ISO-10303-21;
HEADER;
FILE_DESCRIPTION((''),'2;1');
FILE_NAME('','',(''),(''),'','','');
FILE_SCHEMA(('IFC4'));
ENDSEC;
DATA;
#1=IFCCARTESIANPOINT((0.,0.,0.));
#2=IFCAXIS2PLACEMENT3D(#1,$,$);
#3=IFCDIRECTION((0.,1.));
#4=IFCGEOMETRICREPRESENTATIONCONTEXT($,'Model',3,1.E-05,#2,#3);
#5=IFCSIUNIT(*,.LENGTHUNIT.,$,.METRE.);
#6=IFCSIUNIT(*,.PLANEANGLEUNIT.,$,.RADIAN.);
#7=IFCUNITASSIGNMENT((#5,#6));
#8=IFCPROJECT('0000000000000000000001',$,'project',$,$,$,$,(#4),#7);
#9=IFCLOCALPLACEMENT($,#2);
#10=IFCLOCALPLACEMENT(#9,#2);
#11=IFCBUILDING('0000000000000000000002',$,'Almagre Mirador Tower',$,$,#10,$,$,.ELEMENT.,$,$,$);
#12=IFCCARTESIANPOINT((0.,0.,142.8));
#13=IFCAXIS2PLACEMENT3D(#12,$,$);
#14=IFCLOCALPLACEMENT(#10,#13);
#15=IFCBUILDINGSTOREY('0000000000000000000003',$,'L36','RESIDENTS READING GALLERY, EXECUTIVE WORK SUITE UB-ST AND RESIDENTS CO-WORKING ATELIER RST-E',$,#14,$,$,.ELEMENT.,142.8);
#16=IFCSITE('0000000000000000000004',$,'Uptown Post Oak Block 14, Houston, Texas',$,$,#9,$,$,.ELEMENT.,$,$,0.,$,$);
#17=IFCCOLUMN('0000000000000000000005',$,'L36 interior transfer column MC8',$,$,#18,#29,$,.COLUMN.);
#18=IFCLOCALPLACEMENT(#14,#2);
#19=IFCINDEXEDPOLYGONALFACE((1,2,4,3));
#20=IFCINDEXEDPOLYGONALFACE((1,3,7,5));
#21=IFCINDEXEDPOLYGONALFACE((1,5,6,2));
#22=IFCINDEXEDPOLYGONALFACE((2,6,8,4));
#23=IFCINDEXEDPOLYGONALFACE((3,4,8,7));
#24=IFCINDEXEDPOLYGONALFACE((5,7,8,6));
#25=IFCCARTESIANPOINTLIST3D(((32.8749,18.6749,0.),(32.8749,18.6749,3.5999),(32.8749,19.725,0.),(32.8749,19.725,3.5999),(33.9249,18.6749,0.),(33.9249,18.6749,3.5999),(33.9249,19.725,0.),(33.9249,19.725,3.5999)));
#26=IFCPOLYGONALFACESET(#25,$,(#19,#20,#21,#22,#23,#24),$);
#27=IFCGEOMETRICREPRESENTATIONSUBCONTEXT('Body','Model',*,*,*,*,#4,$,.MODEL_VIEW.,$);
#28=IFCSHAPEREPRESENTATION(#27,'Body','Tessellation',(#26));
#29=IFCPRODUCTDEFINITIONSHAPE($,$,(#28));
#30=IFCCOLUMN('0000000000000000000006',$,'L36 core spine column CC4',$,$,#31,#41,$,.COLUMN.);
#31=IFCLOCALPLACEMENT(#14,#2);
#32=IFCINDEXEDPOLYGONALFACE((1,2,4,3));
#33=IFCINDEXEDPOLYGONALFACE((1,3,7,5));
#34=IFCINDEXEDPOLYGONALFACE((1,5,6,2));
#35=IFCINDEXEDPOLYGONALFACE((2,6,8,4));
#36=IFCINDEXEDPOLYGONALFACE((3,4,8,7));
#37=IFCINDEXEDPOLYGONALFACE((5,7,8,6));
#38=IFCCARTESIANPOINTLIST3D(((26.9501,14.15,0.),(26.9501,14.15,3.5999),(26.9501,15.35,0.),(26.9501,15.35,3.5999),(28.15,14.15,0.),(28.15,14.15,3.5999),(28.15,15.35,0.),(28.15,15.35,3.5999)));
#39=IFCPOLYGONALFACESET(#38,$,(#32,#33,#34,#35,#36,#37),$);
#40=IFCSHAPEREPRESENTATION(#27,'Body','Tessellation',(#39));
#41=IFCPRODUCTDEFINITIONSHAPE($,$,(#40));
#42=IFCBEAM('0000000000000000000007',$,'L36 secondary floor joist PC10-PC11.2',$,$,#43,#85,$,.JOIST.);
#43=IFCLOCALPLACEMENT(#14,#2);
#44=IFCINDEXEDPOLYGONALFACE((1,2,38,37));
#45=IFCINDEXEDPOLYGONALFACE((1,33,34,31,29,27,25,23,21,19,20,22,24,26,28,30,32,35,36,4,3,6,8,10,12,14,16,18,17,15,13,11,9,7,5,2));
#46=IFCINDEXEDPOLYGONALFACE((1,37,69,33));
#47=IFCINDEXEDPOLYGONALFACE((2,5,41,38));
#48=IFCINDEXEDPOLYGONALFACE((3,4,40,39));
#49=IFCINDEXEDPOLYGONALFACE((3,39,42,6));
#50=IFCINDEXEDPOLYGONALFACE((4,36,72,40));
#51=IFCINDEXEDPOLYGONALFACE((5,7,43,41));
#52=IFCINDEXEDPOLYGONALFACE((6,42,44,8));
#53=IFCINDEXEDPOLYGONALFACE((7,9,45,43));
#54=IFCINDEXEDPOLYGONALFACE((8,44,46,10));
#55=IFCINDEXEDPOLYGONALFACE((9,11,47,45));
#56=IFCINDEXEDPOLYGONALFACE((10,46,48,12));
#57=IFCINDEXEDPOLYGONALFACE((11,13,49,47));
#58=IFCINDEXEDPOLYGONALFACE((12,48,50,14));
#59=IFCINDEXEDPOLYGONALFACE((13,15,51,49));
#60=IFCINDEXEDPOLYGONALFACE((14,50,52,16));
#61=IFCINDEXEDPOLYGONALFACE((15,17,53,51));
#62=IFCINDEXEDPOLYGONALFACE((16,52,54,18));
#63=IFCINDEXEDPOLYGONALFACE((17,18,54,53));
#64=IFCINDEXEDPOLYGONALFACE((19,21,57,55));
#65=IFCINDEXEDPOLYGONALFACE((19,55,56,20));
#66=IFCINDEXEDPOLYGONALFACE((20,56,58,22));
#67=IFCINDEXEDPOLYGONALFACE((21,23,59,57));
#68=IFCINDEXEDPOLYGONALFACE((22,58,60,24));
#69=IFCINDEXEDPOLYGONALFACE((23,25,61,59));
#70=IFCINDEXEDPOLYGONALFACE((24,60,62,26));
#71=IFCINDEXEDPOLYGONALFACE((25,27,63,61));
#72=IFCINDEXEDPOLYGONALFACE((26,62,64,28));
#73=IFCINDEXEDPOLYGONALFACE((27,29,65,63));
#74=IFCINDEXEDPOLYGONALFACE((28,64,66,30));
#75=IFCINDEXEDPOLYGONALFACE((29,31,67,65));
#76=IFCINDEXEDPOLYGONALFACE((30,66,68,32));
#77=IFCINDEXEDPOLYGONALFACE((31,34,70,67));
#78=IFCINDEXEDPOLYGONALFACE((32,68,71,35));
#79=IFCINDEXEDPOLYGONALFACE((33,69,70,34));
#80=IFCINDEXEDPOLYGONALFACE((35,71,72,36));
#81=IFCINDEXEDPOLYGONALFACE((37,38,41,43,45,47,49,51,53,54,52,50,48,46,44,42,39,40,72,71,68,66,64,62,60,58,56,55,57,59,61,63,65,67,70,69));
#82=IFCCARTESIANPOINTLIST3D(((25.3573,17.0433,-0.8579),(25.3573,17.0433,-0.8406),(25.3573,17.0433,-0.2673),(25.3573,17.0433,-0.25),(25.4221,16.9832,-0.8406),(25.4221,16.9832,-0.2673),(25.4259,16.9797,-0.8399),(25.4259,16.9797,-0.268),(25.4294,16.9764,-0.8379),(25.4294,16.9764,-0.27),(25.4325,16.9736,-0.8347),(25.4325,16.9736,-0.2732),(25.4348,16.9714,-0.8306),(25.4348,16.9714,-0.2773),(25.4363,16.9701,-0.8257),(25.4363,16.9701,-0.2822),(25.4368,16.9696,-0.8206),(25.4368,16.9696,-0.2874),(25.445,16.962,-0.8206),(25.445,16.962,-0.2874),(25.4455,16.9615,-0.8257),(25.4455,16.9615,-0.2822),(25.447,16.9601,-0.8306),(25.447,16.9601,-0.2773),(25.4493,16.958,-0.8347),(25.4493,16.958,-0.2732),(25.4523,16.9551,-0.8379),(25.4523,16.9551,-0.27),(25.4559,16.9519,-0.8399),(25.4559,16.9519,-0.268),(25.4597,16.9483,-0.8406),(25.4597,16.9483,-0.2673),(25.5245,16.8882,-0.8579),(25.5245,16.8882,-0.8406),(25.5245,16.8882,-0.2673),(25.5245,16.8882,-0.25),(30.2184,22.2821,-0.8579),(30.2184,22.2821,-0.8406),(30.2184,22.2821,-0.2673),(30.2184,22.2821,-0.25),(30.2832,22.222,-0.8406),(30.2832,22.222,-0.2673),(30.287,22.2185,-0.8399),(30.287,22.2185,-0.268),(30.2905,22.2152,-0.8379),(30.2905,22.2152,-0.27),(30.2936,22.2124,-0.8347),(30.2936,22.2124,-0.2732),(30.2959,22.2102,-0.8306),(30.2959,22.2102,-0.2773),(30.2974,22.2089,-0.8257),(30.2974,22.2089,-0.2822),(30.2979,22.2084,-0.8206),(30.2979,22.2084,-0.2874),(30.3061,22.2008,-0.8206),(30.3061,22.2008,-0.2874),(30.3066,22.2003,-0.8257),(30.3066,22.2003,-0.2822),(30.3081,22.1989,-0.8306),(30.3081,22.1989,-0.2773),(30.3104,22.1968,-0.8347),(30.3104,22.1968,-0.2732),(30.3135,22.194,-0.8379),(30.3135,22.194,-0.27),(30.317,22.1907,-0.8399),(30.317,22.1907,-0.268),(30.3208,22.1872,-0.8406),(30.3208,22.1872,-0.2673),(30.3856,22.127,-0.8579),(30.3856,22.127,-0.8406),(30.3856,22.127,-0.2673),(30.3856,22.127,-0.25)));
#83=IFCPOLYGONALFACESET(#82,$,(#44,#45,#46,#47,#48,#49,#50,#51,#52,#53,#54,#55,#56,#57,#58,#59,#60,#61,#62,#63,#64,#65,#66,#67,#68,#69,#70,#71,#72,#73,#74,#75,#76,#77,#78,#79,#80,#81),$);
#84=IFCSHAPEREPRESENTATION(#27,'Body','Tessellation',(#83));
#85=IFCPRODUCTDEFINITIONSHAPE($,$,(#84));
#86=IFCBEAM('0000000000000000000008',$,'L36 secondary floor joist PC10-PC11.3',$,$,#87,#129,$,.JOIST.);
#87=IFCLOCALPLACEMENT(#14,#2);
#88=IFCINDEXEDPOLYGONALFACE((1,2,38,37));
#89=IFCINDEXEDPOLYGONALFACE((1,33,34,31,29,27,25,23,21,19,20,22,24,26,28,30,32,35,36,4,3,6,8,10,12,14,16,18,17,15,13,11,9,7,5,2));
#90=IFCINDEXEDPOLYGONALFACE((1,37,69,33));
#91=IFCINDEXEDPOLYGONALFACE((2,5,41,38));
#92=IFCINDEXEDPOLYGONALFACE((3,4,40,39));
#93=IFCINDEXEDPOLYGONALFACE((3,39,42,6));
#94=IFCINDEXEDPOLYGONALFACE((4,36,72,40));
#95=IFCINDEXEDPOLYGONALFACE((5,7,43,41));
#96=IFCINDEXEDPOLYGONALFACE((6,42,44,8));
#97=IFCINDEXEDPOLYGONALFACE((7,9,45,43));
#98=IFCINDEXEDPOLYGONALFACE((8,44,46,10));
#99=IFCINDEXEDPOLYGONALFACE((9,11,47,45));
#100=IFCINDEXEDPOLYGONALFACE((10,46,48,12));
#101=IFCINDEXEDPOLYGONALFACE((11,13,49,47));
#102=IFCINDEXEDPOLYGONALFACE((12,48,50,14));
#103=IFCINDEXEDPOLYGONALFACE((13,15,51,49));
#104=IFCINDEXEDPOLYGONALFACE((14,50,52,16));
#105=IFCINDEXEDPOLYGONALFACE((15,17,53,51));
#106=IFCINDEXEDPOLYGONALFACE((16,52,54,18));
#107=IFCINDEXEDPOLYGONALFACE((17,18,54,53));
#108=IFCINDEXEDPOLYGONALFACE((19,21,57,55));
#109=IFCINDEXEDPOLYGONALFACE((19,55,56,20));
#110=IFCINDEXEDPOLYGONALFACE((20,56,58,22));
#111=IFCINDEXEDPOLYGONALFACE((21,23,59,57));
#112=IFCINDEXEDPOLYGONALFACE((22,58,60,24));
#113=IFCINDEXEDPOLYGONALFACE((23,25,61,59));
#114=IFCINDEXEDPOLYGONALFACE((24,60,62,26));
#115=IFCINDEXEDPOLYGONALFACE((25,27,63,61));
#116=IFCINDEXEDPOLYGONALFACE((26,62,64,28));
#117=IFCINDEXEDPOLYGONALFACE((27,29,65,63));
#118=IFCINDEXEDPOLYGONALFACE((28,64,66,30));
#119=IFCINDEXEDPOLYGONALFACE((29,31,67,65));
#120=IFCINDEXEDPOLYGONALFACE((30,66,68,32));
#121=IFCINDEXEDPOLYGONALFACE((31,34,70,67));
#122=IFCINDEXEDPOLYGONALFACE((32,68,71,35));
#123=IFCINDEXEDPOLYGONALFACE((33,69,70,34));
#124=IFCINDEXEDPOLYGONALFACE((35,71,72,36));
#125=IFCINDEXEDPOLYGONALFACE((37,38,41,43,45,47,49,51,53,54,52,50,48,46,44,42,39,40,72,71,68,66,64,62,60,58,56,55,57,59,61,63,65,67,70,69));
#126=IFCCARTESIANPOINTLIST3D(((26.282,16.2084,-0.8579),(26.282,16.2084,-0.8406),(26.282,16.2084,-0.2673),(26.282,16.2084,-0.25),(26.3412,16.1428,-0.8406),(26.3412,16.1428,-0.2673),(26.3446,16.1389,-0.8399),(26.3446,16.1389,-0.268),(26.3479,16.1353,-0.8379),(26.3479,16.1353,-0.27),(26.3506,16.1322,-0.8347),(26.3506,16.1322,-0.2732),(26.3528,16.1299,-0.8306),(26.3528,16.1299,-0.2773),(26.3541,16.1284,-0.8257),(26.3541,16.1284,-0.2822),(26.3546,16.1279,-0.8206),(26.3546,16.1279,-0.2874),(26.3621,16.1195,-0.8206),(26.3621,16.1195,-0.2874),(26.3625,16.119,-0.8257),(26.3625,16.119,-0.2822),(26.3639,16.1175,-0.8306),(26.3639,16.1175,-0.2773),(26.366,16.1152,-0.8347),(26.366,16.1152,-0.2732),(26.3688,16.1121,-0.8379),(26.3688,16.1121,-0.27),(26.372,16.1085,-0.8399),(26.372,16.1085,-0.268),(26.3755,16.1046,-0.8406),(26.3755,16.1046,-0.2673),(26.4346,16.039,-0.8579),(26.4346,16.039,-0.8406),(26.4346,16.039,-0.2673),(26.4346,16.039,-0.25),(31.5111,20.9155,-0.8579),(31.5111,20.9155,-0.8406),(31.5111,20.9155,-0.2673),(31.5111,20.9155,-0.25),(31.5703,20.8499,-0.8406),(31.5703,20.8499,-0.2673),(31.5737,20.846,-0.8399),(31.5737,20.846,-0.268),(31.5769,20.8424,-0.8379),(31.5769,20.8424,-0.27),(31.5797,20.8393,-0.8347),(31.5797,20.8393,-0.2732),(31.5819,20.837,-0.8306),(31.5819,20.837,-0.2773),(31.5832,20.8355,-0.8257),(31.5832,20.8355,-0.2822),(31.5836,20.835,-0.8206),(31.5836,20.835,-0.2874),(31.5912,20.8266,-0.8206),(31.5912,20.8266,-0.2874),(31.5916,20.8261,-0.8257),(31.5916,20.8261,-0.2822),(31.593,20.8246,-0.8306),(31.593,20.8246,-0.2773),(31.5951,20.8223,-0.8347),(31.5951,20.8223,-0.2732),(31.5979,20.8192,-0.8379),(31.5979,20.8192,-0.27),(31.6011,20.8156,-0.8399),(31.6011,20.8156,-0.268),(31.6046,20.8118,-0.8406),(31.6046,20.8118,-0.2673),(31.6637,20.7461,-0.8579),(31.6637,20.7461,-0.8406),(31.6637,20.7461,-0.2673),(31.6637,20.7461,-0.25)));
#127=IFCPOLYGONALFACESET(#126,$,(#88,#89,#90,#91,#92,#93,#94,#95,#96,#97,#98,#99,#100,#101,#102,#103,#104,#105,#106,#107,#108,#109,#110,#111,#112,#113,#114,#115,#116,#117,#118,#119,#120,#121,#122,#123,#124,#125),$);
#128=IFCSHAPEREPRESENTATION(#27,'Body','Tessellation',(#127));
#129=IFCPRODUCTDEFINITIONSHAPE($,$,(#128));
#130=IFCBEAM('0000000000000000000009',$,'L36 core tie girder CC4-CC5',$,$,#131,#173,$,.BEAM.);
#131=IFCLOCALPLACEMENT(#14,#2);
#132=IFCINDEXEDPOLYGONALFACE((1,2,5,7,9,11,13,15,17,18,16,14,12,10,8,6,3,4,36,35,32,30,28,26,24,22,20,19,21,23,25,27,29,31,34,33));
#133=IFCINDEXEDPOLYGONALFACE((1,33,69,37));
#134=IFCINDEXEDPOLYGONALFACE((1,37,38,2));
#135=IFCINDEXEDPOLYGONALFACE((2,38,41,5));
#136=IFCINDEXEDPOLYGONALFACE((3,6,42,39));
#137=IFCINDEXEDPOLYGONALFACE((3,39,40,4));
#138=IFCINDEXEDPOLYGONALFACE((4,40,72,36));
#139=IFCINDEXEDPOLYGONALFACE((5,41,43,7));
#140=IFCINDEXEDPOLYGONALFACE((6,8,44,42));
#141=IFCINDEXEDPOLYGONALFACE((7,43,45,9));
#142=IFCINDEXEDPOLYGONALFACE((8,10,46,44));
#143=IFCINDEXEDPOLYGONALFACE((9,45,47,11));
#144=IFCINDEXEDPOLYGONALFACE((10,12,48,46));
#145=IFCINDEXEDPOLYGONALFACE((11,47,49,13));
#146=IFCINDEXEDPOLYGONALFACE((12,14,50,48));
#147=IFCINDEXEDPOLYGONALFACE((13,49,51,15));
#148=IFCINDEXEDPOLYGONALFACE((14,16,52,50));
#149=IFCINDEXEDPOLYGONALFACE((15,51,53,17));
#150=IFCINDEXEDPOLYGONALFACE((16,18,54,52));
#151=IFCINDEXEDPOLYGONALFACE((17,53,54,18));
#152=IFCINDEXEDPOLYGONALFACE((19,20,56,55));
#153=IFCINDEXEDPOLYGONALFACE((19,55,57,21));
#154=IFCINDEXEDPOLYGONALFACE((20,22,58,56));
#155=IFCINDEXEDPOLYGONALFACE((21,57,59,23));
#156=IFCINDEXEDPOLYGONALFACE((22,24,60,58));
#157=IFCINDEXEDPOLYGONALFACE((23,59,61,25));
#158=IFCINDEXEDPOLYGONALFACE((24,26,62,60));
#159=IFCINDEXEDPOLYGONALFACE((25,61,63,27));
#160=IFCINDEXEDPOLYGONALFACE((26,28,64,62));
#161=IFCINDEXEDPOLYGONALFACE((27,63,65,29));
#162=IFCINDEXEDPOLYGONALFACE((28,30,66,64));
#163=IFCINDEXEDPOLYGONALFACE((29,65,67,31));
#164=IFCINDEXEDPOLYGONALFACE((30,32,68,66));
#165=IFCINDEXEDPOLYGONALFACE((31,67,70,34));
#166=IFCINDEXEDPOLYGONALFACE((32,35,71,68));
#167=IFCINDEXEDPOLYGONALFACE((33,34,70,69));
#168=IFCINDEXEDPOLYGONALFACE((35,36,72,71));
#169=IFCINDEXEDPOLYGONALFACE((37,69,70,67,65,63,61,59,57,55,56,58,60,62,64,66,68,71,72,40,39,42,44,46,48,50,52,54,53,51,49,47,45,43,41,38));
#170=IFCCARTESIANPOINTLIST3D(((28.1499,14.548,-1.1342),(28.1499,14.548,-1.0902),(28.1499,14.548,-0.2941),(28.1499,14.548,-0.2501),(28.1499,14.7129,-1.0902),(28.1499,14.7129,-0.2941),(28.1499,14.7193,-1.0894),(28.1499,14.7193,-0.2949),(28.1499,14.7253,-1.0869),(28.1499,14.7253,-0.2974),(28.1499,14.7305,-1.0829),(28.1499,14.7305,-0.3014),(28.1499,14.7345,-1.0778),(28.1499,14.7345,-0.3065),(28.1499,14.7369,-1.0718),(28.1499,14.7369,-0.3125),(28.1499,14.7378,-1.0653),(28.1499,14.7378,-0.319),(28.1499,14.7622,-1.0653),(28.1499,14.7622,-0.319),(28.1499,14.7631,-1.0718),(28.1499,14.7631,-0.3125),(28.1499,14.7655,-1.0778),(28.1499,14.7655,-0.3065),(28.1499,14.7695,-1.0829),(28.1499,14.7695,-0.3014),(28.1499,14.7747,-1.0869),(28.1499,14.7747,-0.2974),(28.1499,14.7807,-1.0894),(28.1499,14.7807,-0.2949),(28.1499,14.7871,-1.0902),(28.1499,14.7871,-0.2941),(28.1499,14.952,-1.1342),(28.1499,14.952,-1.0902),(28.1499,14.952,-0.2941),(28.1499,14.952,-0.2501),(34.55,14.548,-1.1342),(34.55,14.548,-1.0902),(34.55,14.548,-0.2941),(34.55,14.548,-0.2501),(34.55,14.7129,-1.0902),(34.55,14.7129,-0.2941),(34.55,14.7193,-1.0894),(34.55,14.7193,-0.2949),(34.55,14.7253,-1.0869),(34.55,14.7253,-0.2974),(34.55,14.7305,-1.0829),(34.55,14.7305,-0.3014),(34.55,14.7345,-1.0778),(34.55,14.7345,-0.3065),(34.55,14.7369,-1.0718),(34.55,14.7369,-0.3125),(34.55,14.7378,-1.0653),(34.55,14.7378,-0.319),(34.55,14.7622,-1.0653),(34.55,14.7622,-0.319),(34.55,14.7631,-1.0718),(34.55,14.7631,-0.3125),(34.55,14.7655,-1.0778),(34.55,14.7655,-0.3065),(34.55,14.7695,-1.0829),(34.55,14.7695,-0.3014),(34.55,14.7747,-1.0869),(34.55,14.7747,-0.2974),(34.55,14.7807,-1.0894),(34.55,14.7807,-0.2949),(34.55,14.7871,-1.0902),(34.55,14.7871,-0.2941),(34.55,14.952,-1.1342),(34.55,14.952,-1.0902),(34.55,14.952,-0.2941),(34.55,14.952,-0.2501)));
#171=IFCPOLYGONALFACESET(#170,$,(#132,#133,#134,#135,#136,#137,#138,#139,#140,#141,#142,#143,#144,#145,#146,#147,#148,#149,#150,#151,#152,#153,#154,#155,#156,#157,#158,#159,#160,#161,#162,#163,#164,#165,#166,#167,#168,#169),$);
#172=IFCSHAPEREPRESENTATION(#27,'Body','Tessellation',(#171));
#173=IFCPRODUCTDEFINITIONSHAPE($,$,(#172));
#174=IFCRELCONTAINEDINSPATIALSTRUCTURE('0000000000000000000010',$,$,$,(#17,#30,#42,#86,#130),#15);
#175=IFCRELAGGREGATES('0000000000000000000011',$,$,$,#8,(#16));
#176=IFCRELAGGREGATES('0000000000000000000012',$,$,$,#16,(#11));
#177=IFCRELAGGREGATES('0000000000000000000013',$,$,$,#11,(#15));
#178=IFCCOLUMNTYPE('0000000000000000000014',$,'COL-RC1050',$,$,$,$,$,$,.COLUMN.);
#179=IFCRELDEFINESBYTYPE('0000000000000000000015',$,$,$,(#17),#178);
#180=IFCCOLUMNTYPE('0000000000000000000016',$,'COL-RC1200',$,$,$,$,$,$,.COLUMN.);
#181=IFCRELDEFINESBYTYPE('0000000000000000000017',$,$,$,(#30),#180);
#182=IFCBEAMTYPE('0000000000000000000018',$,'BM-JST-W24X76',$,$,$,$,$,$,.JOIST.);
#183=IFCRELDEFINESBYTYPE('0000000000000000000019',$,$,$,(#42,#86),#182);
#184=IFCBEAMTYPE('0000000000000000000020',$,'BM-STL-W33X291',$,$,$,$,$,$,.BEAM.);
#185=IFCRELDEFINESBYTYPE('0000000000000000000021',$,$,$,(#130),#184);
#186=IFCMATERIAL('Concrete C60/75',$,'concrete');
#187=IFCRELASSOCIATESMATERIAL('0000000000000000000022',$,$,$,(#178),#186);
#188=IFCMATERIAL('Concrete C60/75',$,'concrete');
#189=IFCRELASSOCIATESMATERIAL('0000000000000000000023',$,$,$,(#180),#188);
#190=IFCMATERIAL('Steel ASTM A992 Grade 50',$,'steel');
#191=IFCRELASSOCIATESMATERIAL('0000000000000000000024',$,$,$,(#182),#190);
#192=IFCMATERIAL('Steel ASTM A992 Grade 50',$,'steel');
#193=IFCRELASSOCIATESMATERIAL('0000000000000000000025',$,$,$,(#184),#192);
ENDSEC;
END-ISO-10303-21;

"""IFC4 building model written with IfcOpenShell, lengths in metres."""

from ifc_helpers import new_model, si_unit, direction, frame, origin, origin_2d, place, context, subcontext, project, spatial, rectangle, i_section, extrude, material, material_profile, profile_set, type_object, element, save


model = new_model("IFC4")

# Units and contexts
model_context = context("Model", 3, precision=1e-05, world=origin(), true_north=direction((0.0, 1.0)))
body_context = subcontext(model_context, "Body", "Model", "MODEL_VIEW")
ifc_project = project(units=[si_unit("LENGTHUNIT", "METRE"), si_unit("PLANEANGLEUNIT", "RADIAN")], contexts=[model_context])

# Site, building, storey
site_placement = place(None, origin())
site = spatial("IfcSite", under=ifc_project, at=site_placement, Name="Uptown Post Oak Block 14, Houston, Texas", CompositionType="ELEMENT", RefElevation=0.0)
building_placement = place(site_placement, origin())
building = spatial("IfcBuilding", under=site, at=building_placement, Name="Almagre Mirador Tower", CompositionType="ELEMENT")
storey_placement = place(building_placement, frame((0.0, 0.0, 142.8)))
storey = spatial("IfcBuildingStorey", under=building, at=storey_placement, Name="L36", Description="RESIDENTS READING GALLERY, EXECUTIVE WORK SUITE UB-ST AND RESIDENTS CO-WORKING ATELIER RST-E", CompositionType="ELEMENT", Elevation=142.8)

# Columns
ifc_material_1 = material(Name="Concrete C60/75", Category="concrete")
ifc_material_profile_1 = material_profile(ifc_material_1, rectangle(XDim=1.05, YDim=1.05, at=origin_2d()), Name="RC1050X1050")
ifc_profile_set_1 = profile_set([ifc_material_profile_1], Name="Concrete C60/75")
column_type_1 = type_object("IfcColumnType", Name="COL-RC1050", PredefinedType="COLUMN", material=ifc_profile_set_1)
column_1_placement = place(storey_placement, frame((33.3999, 19.2, 0.0), z_axis=(0.0, 0.0, 1.0), x_axis=(1.0, 0.0, 0.0)))
element("IfcColumn", 1, at=column_1_placement, inside=storey, type_object=column_type_1, Name="L36 interior transfer column MC8", PredefinedType="COLUMN", context=body_context, shape_type="SweptSolid", body=[
    extrude(rectangle(XDim=1.05, YDim=1.05, at=origin_2d()), origin(), (0.0, 0.0, 1.0), 3.5999),
])
ifc_material_2 = material(Name="Concrete C60/75", Category="concrete")
ifc_material_profile_2 = material_profile(ifc_material_2, rectangle(XDim=1.2, YDim=1.2, at=origin_2d()), Name="RC1200X1200")
ifc_profile_set_2 = profile_set([ifc_material_profile_2], Name="Concrete C60/75")
column_type_2 = type_object("IfcColumnType", Name="COL-RC1200", PredefinedType="COLUMN", material=ifc_profile_set_2)
column_2_placement = place(storey_placement, frame((27.55, 14.75, 0.0), z_axis=(0.0, 0.0, 1.0), x_axis=(1.0, 0.0, 0.0)))
element("IfcColumn", 2, at=column_2_placement, inside=storey, type_object=column_type_2, Name="L36 core spine column CC4", PredefinedType="COLUMN", context=body_context, shape_type="SweptSolid", body=[
    extrude(rectangle(XDim=1.2, YDim=1.2, at=origin_2d()), origin(), (0.0, 0.0, 1.0), 3.5999),
])

# Beams
ifc_material_3 = material(Name="Steel ASTM A992 Grade 50", Category="steel")
ifc_material_profile_3 = material_profile(ifc_material_3, i_section(OverallWidth=0.228, OverallDepth=0.6079, WebThickness=0.0112, FlangeThickness=0.0173, FilletRadius=0.02, at=origin_2d()), Name="W24X76")
ifc_profile_set_3 = profile_set([ifc_material_profile_3], Name="Steel ASTM A992 Grade 50")
beam_type_1 = type_object("IfcBeamType", Name="BM-JST-W24X76", PredefinedType="JOIST", material=ifc_profile_set_3)
beam_1_placement = place(storey_placement, frame((30.302, 22.2046, -0.554), z_axis=(-0.680189, -0.733037, 0.0), x_axis=(0.733037, -0.680189, 0.0)))
element("IfcBeam", 3, at=beam_1_placement, inside=storey, type_object=beam_type_1, Name="L36 secondary floor joist PC10-PC11.2", PredefinedType="JOIST", context=body_context, shape_type="SweptSolid", body=[
    extrude(i_section(OverallWidth=0.228, OverallDepth=0.6079, WebThickness=0.0112, FlangeThickness=0.0173, FilletRadius=0.02, at=origin_2d()), origin(), (0.0, 0.0, 1.0), 7.1467),
])
beam_2_placement = place(storey_placement, frame((31.5874, 20.8308, -0.554), z_axis=(-0.743229, -0.669038, 0.0), x_axis=(0.669038, -0.743229, 0.0)))
element("IfcBeam", 4, at=beam_2_placement, inside=storey, type_object=beam_type_1, Name="L36 secondary floor joist PC10-PC11.3", PredefinedType="JOIST", context=body_context, shape_type="SweptSolid", body=[
    extrude(i_section(OverallWidth=0.228, OverallDepth=0.6079, WebThickness=0.0112, FlangeThickness=0.0173, FilletRadius=0.02, at=origin_2d()), origin(), (0.0, 0.0, 1.0), 7.0356),
])
ifc_material_4 = material(Name="Steel ASTM A992 Grade 50", Category="steel")
ifc_material_profile_4 = material_profile(ifc_material_4, i_section(OverallWidth=0.4041, OverallDepth=0.884, WebThickness=0.0244, FlangeThickness=0.0439, FilletRadius=0.0249, at=origin_2d()), Name="W33X291")
ifc_profile_set_4 = profile_set([ifc_material_profile_4], Name="Steel ASTM A992 Grade 50")
beam_type_2 = type_object("IfcBeamType", Name="BM-STL-W33X291", PredefinedType="BEAM", material=ifc_profile_set_4)
beam_3_placement = place(storey_placement, frame((28.1499, 14.75, -0.6921), z_axis=(1.0, 0.0, 0.0), x_axis=(0.0, 1.0, 0.0)))
element("IfcBeam", 5, at=beam_3_placement, inside=storey, type_object=beam_type_2, Name="L36 core tie girder CC4-CC5", PredefinedType="BEAM", context=body_context, shape_type="SweptSolid", body=[
    extrude(i_section(OverallWidth=0.4041, OverallDepth=0.884, WebThickness=0.0244, FlangeThickness=0.0439, FilletRadius=0.0249, at=origin_2d()), origin(), (0.0, 0.0, 1.0), 6.4001),
])

save(model, "model.ifc")
